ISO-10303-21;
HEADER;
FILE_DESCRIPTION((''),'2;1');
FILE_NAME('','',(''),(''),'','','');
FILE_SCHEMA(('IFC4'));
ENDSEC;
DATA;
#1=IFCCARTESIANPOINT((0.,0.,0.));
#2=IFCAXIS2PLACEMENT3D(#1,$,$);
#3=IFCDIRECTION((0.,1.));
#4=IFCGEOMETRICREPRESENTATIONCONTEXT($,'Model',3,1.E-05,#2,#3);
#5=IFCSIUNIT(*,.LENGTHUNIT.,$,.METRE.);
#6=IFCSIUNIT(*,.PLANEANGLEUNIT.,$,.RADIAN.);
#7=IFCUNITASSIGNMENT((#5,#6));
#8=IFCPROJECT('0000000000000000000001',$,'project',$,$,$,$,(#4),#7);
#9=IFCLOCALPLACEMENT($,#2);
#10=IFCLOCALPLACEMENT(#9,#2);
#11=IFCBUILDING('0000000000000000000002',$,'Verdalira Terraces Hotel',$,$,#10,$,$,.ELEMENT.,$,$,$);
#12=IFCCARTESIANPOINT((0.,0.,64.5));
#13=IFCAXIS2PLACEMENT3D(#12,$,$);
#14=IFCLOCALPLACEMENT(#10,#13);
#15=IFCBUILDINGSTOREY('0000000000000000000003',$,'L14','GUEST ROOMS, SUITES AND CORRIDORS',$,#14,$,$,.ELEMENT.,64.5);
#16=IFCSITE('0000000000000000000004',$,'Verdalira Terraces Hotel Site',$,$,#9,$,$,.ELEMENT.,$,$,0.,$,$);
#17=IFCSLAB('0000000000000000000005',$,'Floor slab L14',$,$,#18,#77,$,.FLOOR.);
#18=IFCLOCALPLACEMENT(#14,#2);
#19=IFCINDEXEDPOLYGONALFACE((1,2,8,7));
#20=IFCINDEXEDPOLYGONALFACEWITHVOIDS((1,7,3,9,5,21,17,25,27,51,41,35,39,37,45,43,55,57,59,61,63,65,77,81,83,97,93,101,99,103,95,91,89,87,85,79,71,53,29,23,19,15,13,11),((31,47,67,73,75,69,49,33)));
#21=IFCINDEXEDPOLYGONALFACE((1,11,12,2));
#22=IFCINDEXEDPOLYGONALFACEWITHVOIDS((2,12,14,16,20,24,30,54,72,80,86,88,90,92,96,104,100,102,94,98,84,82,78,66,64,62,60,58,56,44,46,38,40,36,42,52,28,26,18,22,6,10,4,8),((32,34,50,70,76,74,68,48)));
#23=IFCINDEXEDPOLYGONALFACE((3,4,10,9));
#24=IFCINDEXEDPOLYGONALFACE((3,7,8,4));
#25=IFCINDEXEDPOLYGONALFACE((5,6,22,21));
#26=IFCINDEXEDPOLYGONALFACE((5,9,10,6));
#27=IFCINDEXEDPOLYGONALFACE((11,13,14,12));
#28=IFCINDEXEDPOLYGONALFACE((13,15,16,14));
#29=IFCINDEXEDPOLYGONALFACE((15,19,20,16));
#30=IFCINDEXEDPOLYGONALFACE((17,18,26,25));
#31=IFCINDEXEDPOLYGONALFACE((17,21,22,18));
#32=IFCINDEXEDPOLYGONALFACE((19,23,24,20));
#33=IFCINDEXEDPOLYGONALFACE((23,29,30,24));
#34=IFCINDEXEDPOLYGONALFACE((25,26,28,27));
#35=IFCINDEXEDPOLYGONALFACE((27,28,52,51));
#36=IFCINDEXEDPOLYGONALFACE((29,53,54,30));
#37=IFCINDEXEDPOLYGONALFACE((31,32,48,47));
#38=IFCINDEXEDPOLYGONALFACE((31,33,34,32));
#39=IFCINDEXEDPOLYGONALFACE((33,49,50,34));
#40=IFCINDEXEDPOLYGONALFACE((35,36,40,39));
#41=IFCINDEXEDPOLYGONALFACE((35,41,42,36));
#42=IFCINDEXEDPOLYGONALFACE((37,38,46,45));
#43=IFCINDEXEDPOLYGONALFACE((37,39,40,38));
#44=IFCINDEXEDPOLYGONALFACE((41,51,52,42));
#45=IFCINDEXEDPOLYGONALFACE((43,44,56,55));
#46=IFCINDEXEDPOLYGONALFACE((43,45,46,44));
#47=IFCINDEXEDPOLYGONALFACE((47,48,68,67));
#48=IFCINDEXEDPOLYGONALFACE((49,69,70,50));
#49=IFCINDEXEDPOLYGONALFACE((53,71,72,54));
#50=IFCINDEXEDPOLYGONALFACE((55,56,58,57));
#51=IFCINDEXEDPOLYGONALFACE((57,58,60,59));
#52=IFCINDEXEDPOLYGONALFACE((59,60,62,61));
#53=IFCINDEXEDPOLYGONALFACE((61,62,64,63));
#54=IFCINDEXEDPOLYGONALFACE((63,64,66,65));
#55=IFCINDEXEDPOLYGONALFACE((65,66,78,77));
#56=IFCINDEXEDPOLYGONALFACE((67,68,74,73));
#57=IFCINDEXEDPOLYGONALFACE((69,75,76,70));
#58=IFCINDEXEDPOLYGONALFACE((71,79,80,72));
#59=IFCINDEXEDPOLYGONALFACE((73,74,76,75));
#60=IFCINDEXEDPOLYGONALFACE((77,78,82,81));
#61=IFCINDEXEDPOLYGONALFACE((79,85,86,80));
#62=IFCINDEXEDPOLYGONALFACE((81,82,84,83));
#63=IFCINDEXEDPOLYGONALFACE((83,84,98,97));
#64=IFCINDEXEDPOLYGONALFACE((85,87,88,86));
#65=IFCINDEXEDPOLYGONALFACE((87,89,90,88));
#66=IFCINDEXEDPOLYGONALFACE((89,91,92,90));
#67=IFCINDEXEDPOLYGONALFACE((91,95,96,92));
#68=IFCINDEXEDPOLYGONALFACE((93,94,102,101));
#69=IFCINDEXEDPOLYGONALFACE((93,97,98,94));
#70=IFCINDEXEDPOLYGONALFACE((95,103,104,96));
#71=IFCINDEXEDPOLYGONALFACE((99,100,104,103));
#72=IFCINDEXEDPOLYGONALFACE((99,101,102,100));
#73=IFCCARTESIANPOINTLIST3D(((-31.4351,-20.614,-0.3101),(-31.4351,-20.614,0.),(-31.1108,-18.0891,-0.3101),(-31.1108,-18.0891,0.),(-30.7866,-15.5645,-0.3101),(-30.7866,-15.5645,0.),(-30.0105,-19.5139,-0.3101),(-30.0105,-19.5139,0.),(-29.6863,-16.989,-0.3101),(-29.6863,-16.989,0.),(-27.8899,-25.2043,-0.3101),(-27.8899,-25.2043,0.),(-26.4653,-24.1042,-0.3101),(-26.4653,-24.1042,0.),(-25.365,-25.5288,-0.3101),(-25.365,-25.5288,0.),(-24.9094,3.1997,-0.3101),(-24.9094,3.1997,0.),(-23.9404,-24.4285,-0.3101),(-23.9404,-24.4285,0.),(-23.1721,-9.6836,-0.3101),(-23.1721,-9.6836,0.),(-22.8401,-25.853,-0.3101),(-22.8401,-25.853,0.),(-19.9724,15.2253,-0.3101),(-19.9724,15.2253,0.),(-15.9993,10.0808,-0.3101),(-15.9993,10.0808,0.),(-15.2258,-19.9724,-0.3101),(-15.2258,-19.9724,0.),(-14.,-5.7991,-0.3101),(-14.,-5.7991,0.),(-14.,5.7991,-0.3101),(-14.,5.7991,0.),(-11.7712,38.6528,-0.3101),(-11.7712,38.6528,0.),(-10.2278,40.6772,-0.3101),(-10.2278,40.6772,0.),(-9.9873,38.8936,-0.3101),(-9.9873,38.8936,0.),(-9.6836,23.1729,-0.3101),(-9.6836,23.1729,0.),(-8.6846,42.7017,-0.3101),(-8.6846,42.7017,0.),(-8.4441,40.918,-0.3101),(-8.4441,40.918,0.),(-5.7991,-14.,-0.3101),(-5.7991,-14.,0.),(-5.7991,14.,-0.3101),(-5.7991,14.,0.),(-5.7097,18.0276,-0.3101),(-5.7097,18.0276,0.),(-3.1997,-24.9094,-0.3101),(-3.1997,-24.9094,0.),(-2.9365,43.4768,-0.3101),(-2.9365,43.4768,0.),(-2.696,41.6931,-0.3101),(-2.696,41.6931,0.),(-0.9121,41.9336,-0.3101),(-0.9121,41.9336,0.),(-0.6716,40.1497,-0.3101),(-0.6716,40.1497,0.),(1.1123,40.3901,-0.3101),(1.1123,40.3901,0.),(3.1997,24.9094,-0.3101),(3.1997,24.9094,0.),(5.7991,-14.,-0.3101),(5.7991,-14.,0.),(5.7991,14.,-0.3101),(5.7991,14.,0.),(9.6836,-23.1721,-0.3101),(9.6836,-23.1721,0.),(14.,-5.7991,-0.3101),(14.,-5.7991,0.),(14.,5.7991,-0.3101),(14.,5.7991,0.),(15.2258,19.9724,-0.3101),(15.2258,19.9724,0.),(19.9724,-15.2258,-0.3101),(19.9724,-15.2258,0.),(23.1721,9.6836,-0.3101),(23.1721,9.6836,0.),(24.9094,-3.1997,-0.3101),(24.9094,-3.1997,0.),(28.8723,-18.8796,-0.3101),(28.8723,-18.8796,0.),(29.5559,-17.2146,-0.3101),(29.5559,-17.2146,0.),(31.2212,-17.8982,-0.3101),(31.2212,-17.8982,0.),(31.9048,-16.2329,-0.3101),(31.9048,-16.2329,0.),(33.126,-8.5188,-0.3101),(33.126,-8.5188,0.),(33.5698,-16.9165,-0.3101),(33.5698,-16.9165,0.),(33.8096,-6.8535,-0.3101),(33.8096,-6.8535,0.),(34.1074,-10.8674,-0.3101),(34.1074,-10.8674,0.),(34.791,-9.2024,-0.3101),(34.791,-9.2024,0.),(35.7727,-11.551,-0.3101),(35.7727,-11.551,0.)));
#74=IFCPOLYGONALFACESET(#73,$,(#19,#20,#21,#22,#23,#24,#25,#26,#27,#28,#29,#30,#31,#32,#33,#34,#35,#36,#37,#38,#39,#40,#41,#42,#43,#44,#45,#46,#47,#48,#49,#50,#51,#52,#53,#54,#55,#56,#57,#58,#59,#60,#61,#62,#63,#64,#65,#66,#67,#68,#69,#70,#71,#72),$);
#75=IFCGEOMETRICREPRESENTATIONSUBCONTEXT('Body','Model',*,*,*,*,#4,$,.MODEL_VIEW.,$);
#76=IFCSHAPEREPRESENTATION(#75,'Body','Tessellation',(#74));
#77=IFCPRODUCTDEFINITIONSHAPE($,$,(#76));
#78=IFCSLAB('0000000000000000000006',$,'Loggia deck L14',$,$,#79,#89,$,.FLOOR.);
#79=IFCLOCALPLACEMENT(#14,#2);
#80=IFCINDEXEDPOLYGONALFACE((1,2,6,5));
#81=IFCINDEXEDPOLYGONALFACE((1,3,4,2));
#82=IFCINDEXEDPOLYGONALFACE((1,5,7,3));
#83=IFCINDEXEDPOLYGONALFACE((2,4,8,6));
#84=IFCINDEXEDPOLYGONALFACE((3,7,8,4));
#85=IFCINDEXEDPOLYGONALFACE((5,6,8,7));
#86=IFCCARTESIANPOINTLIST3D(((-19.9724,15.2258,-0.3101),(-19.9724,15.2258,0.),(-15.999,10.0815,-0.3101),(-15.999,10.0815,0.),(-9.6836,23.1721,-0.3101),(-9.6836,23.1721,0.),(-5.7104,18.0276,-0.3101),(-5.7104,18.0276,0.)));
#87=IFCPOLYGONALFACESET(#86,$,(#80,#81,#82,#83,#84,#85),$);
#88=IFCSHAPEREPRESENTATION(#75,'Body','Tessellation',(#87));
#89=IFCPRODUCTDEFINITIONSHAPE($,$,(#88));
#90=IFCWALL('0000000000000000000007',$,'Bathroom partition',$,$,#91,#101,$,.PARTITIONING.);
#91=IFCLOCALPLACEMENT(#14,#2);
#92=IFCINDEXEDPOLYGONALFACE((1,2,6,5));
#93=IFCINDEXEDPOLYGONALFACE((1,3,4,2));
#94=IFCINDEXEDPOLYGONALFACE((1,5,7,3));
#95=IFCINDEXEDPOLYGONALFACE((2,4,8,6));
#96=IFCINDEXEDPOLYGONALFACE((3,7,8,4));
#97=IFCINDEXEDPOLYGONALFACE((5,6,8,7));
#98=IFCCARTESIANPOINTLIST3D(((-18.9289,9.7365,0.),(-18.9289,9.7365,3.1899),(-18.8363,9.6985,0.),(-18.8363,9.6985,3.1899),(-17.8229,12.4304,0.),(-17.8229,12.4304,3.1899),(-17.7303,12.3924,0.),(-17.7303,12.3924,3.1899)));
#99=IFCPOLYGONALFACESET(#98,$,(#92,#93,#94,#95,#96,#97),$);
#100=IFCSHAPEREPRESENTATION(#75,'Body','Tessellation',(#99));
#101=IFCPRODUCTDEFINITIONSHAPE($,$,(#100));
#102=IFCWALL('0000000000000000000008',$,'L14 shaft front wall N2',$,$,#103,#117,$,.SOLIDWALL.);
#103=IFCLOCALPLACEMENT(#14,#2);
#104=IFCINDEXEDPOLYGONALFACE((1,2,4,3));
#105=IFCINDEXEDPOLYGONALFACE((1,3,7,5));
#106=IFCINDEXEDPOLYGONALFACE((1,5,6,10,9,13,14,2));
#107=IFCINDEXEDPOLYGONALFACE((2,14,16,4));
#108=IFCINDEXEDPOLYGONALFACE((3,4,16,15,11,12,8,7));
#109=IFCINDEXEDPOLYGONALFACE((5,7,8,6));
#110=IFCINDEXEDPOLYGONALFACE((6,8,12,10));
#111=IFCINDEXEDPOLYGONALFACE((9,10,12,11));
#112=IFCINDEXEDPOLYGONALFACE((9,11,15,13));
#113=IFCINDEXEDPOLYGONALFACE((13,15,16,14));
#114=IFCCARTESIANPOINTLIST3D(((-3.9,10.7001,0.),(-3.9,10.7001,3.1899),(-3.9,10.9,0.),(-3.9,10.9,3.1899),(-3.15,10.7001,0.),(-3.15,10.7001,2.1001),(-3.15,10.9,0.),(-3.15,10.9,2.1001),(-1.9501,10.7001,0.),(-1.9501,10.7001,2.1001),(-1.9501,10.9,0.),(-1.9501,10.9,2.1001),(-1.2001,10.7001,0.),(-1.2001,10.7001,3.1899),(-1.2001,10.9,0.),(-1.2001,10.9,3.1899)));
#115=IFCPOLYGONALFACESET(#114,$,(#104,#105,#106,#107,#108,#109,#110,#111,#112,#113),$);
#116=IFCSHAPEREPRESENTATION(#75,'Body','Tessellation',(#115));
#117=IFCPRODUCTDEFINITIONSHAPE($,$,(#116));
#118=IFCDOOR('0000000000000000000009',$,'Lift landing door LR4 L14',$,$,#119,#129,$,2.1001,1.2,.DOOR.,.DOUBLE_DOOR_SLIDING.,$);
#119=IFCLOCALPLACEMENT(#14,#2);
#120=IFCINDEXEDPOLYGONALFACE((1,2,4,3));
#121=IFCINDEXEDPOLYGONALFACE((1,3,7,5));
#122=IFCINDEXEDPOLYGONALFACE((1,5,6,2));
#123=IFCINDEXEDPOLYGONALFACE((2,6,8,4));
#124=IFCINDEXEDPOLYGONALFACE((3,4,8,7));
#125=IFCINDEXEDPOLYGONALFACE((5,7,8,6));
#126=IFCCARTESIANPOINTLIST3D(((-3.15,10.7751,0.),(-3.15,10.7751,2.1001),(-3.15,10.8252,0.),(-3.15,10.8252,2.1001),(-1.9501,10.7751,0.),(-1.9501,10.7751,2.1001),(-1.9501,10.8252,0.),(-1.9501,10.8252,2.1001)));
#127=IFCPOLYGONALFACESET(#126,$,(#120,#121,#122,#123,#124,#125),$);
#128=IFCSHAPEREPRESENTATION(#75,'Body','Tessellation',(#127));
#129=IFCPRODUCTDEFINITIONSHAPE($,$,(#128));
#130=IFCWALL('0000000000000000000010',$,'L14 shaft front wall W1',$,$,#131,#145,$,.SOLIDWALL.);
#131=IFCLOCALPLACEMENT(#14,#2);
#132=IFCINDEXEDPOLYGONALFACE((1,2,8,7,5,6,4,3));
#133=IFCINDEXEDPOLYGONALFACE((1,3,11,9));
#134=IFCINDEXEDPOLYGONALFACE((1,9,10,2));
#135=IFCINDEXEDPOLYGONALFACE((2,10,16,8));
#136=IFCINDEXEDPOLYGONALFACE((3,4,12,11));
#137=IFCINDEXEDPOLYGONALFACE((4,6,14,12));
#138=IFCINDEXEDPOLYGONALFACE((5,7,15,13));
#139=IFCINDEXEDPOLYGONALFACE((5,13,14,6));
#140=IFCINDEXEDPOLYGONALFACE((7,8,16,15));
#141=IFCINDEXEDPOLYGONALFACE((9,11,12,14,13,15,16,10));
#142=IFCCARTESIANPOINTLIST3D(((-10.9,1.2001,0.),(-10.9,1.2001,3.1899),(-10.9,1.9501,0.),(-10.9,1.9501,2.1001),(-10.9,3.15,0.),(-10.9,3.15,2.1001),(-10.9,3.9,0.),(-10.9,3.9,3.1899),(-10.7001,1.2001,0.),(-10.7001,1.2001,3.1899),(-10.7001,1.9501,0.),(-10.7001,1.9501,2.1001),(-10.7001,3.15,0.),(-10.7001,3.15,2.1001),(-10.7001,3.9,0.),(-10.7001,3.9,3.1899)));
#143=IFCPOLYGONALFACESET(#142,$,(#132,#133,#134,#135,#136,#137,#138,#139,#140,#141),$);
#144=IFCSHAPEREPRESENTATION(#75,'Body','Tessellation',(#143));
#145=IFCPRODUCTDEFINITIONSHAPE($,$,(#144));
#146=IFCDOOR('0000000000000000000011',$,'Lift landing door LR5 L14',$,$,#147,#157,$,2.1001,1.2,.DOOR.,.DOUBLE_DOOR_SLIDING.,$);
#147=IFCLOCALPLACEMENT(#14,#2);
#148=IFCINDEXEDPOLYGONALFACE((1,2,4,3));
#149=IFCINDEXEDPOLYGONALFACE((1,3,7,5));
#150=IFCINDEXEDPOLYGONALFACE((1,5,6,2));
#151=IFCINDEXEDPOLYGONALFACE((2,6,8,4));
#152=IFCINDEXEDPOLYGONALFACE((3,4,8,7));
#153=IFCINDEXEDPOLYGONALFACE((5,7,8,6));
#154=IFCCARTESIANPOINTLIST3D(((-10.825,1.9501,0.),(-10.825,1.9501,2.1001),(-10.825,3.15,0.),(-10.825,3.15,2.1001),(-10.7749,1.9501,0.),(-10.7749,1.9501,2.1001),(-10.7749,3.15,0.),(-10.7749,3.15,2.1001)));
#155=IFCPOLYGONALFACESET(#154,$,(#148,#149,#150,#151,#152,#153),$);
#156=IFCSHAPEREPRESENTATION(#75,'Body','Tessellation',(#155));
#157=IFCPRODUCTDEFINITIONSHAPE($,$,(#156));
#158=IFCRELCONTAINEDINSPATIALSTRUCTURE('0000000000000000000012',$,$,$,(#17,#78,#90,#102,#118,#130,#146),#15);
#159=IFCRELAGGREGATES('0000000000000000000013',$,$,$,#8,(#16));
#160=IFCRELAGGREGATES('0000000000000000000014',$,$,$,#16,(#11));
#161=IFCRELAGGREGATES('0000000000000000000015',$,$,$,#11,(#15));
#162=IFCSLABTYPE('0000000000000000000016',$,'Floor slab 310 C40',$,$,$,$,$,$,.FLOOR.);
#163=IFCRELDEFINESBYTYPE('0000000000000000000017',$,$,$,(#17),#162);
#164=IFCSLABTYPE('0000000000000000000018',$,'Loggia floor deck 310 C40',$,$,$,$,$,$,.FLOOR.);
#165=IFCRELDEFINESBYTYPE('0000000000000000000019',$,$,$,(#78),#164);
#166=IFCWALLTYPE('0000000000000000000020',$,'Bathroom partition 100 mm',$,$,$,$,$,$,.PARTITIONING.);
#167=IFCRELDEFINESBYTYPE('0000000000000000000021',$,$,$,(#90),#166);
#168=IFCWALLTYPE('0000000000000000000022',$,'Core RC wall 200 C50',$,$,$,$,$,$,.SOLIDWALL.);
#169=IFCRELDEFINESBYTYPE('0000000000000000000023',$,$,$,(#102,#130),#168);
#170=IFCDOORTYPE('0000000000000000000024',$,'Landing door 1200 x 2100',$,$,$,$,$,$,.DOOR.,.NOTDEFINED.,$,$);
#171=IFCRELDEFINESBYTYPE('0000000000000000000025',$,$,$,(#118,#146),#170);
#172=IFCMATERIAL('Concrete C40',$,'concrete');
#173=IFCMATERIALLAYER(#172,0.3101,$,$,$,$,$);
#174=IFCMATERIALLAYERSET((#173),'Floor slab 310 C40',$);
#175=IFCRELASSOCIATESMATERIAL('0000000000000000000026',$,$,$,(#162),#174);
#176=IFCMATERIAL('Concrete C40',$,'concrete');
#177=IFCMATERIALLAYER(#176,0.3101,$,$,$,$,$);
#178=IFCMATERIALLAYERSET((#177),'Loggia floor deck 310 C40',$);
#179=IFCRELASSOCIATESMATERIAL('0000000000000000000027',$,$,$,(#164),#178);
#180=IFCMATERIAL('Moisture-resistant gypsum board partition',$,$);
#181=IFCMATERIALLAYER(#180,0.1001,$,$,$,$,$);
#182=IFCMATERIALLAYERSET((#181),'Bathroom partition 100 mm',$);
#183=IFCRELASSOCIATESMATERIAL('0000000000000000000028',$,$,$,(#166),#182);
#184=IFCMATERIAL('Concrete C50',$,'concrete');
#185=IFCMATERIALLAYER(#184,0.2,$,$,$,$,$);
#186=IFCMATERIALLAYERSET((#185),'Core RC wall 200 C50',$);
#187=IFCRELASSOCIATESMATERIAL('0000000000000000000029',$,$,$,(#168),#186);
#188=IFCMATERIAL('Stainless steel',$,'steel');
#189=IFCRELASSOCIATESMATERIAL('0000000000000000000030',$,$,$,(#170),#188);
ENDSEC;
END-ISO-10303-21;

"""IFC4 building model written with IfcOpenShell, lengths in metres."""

from ifc_helpers import new_model, si_unit, direction, frame, frame_2d, origin, place, context, subcontext, project, spatial, polyline, rectangle, outline, extrude, material, layer, layer_set, type_object, element, fill, save


model = new_model("IFC4")

# Units and contexts
model_context = context("Model", 3, precision=1e-05, world=origin(), true_north=direction((0.0, 1.0)))
body_context = subcontext(model_context, "Body", "Model", "MODEL_VIEW")
ifc_project = project(units=[si_unit("LENGTHUNIT", "METRE"), si_unit("PLANEANGLEUNIT", "RADIAN")], contexts=[model_context])

# Site, building, storey
site_placement = place(None, origin())
site = spatial("IfcSite", under=ifc_project, at=site_placement, Name="Verdalira Terraces Hotel Site", CompositionType="ELEMENT", RefElevation=0.0)
building_placement = place(site_placement, origin())
building = spatial("IfcBuilding", under=site, at=building_placement, Name="Verdalira Terraces Hotel", CompositionType="ELEMENT")
storey_placement = place(building_placement, frame((0.0, 0.0, 64.5)))
storey = spatial("IfcBuildingStorey", under=building, at=storey_placement, Name="L14", Description="GUEST ROOMS, SUITES AND CORRIDORS", CompositionType="ELEMENT", Elevation=64.5)

# Slabs
ifc_material_1 = material(Name="Concrete C40", Category="concrete")
ifc_layer_1 = layer(ifc_material_1, 0.3101)
ifc_layer_set_1 = layer_set([ifc_layer_1], Name="Floor slab 310 C40")
slab_type_1 = type_object("IfcSlabType", Name="Floor slab 310 C40", PredefinedType="FLOOR", material=ifc_layer_set_1)
slab_1_placement = place(storey_placement, frame((0.0, 0.0, -0.3101)))
element("IfcSlab", 1, at=slab_1_placement, inside=storey, type_object=slab_type_1, Name="Floor slab L14", PredefinedType="FLOOR", context=body_context, shape_type="SweptSolid", body=[
    extrude(outline(polyline([(-9.9873, 38.8936), (-11.7712, 38.6528), (-9.6836, 23.1726), (-9.6836, 23.1729), (-5.7097, 18.0276), (-15.9993, 10.0808), (-19.9724, 15.2253), (-24.9094, 3.1997), (-23.1721, -9.6836), (-30.7866, -15.5645), (-29.6863, -16.989), (-31.1108, -18.0891), (-30.0105, -19.5139), (-31.4351, -20.614), (-27.8899, -25.2043), (-26.4653, -24.1042), (-25.365, -25.5288), (-23.9404, -24.4285), (-22.8401, -25.853), (-15.2258, -19.9724), (-3.1997, -24.9094), (9.6836, -23.1721), (19.9724, -15.2258), (28.8723, -18.8796), (29.5559, -17.2146), (31.2212, -17.8982), (31.9048, -16.2329), (33.5698, -16.9165), (35.7727, -11.551), (34.1074, -10.8674), (34.791, -9.2024), (33.126, -8.5188), (33.8096, -6.8535), (24.9094, -3.1997), (23.1721, 9.6836), (15.2258, 19.9724), (3.1997, 24.9094), (1.1123, 40.3901), (-0.6716, 40.1497), (-0.9121, 41.9336), (-2.696, 41.6931), (-2.9365, 43.4768), (-8.6846, 42.7017), (-8.4441, 40.918), (-10.2278, 40.6772), (-9.9873, 38.8936)]), holes=[polyline([(5.7991, 14.0), (14.0, 5.7991), (14.0, -5.7991), (5.7991, -14.0), (-5.7991, -14.0), (-14.0, -5.7991), (-14.0, 5.7991), (-5.7991, 14.0), (5.7991, 14.0)])]), origin(), (0.0, 0.0, 1.0), 0.3101),
])
ifc_material_2 = material(Name="Concrete C40", Category="concrete")
ifc_layer_2 = layer(ifc_material_2, 0.3101)
ifc_layer_set_2 = layer_set([ifc_layer_2], Name="Loggia floor deck 310 C40")
slab_type_2 = type_object("IfcSlabType", Name="Loggia floor deck 310 C40", PredefinedType="FLOOR", material=ifc_layer_set_2)
slab_2_placement = place(storey_placement, frame((0.0, 0.0, -0.3101)))
element("IfcSlab", 2, at=slab_2_placement, inside=storey, type_object=slab_type_2, Name="Loggia deck L14", PredefinedType="FLOOR", context=body_context, shape_type="SweptSolid", body=[
    extrude(outline(polyline([(-5.7104, 18.0276), (-9.6836, 23.1721), (-19.9724, 15.2258), (-15.999, 10.0815), (-5.7104, 18.0276)])), origin(), (0.0, 0.0, 1.0), 0.3101),
])

# Wall
ifc_material_3 = material(Name="Moisture-resistant gypsum board partition")
ifc_layer_3 = layer(ifc_material_3, 0.1001)
ifc_layer_set_3 = layer_set([ifc_layer_3], Name="Bathroom partition 100 mm")
wall_type_1 = type_object("IfcWallType", Name="Bathroom partition 100 mm", PredefinedType="PARTITIONING", material=ifc_layer_set_3)
wall_1_placement = place(storey_placement, frame((-17.7766, 12.4114, 0.0), z_axis=(0.0, 0.0, 1.0), x_axis=(-0.379788, -0.925073, 0.0)))
element("IfcWall", 3, at=wall_1_placement, inside=storey, type_object=wall_type_1, Name="Bathroom partition", PredefinedType="PARTITIONING", context=body_context, shape_type="SweptSolid", body=[
    extrude(rectangle(XDim=2.9121, YDim=0.1001, at=frame_2d((1.4561, 0.0))), origin(), (0.0, 0.0, 1.0), 3.1899),
])

# Walls, openings, doors
ifc_material_4 = material(Name="Concrete C50", Category="concrete")
ifc_layer_4 = layer(ifc_material_4, 0.2)
ifc_layer_set_4 = layer_set([ifc_layer_4], Name="Core RC wall 200 C50")
wall_type_2 = type_object("IfcWallType", Name="Core RC wall 200 C50", PredefinedType="SOLIDWALL", material=ifc_layer_set_4)
wall_2_placement = place(storey_placement, frame((-1.2, 10.8, 0.0), z_axis=(0.0, 0.0, 1.0), x_axis=(-1.0, 0.0, 0.0)))
wall_2 = element("IfcWall", 4, at=wall_2_placement, inside=storey, type_object=wall_type_2, Name="L14 shaft front wall N2", PredefinedType="SOLIDWALL", context=body_context, shape_type="SweptSolid", body=[
    extrude(rectangle(XDim=2.7, YDim=0.2, at=frame_2d((1.3501, 0.0))), origin(), (0.0, 0.0, 1.0), 3.1899),
])
opening_1_placement = place(wall_2_placement, frame((0.75, 0.0, 0.0)))
opening_1 = element("IfcOpeningElement", 5, at=opening_1_placement, cuts=wall_2, PredefinedType="OPENING", context=body_context, shape_type="SweptSolid", body=[
    extrude(rectangle(XDim=1.2, YDim=2.1001, at=frame_2d((0.6001, 1.05))), frame((0.0, 0.1099, 0.0), z_axis=(0.0, -1.0, 0.0), x_axis=(1.0, 0.0, 0.0)), (0.0, 0.0, 1.0), 0.22),
])
ifc_material_5 = material(Name="Stainless steel", Category="steel")
door_type_1 = type_object("IfcDoorType", Name="Landing door 1200 x 2100", OperationType="NOTDEFINED", PredefinedType="DOOR", material=ifc_material_5)
door_1_placement = place(opening_1_placement, origin())
door_1 = element("IfcDoor", 6, at=door_1_placement, inside=storey, type_object=door_type_1, Name="Lift landing door LR4 L14", OperationType="DOUBLE_DOOR_SLIDING", OverallHeight=2.1001, OverallWidth=1.2, PredefinedType="DOOR", context=body_context, shape_type="SweptSolid", body=[
    extrude(rectangle(XDim=1.2, YDim=2.1001, at=frame_2d((0.6001, 1.05))), frame((0.0, 0.0249, 0.0), z_axis=(0.0, -1.0, 0.0), x_axis=(1.0, 0.0, 0.0)), (0.0, 0.0, 1.0), 0.05),
])
fill(opening_1, door_1)
wall_3_placement = place(storey_placement, frame((-10.8, 1.2, 0.0), z_axis=(0.0, 0.0, 1.0), x_axis=(0.0, 1.0, 0.0)))
wall_3 = element("IfcWall", 7, at=wall_3_placement, inside=storey, type_object=wall_type_2, Name="L14 shaft front wall W1", PredefinedType="SOLIDWALL", context=body_context, shape_type="SweptSolid", body=[
    extrude(rectangle(XDim=2.7, YDim=0.2, at=frame_2d((1.3501, 0.0))), origin(), (0.0, 0.0, 1.0), 3.1899),
])
opening_2_placement = place(wall_3_placement, frame((0.75, 0.0, 0.0)))
opening_2 = element("IfcOpeningElement", 8, at=opening_2_placement, cuts=wall_3, PredefinedType="OPENING", context=body_context, shape_type="SweptSolid", body=[
    extrude(rectangle(XDim=1.2, YDim=2.1001, at=frame_2d((0.6001, 1.05))), frame((0.0, 0.1099, 0.0), z_axis=(0.0, -1.0, 0.0), x_axis=(1.0, 0.0, 0.0)), (0.0, 0.0, 1.0), 0.22),
])
door_2_placement = place(opening_2_placement, origin())
door_2 = element("IfcDoor", 9, at=door_2_placement, inside=storey, type_object=door_type_1, Name="Lift landing door LR5 L14", OperationType="DOUBLE_DOOR_SLIDING", OverallHeight=2.1001, OverallWidth=1.2, PredefinedType="DOOR", context=body_context, shape_type="SweptSolid", body=[
    extrude(rectangle(XDim=1.2, YDim=2.1001, at=frame_2d((0.6001, 1.05))), frame((0.0, 0.0249, 0.0), z_axis=(0.0, -1.0, 0.0), x_axis=(1.0, 0.0, 0.0)), (0.0, 0.0, 1.0), 0.05),
])
fill(opening_2, door_2)

save(model, "model.ifc")
